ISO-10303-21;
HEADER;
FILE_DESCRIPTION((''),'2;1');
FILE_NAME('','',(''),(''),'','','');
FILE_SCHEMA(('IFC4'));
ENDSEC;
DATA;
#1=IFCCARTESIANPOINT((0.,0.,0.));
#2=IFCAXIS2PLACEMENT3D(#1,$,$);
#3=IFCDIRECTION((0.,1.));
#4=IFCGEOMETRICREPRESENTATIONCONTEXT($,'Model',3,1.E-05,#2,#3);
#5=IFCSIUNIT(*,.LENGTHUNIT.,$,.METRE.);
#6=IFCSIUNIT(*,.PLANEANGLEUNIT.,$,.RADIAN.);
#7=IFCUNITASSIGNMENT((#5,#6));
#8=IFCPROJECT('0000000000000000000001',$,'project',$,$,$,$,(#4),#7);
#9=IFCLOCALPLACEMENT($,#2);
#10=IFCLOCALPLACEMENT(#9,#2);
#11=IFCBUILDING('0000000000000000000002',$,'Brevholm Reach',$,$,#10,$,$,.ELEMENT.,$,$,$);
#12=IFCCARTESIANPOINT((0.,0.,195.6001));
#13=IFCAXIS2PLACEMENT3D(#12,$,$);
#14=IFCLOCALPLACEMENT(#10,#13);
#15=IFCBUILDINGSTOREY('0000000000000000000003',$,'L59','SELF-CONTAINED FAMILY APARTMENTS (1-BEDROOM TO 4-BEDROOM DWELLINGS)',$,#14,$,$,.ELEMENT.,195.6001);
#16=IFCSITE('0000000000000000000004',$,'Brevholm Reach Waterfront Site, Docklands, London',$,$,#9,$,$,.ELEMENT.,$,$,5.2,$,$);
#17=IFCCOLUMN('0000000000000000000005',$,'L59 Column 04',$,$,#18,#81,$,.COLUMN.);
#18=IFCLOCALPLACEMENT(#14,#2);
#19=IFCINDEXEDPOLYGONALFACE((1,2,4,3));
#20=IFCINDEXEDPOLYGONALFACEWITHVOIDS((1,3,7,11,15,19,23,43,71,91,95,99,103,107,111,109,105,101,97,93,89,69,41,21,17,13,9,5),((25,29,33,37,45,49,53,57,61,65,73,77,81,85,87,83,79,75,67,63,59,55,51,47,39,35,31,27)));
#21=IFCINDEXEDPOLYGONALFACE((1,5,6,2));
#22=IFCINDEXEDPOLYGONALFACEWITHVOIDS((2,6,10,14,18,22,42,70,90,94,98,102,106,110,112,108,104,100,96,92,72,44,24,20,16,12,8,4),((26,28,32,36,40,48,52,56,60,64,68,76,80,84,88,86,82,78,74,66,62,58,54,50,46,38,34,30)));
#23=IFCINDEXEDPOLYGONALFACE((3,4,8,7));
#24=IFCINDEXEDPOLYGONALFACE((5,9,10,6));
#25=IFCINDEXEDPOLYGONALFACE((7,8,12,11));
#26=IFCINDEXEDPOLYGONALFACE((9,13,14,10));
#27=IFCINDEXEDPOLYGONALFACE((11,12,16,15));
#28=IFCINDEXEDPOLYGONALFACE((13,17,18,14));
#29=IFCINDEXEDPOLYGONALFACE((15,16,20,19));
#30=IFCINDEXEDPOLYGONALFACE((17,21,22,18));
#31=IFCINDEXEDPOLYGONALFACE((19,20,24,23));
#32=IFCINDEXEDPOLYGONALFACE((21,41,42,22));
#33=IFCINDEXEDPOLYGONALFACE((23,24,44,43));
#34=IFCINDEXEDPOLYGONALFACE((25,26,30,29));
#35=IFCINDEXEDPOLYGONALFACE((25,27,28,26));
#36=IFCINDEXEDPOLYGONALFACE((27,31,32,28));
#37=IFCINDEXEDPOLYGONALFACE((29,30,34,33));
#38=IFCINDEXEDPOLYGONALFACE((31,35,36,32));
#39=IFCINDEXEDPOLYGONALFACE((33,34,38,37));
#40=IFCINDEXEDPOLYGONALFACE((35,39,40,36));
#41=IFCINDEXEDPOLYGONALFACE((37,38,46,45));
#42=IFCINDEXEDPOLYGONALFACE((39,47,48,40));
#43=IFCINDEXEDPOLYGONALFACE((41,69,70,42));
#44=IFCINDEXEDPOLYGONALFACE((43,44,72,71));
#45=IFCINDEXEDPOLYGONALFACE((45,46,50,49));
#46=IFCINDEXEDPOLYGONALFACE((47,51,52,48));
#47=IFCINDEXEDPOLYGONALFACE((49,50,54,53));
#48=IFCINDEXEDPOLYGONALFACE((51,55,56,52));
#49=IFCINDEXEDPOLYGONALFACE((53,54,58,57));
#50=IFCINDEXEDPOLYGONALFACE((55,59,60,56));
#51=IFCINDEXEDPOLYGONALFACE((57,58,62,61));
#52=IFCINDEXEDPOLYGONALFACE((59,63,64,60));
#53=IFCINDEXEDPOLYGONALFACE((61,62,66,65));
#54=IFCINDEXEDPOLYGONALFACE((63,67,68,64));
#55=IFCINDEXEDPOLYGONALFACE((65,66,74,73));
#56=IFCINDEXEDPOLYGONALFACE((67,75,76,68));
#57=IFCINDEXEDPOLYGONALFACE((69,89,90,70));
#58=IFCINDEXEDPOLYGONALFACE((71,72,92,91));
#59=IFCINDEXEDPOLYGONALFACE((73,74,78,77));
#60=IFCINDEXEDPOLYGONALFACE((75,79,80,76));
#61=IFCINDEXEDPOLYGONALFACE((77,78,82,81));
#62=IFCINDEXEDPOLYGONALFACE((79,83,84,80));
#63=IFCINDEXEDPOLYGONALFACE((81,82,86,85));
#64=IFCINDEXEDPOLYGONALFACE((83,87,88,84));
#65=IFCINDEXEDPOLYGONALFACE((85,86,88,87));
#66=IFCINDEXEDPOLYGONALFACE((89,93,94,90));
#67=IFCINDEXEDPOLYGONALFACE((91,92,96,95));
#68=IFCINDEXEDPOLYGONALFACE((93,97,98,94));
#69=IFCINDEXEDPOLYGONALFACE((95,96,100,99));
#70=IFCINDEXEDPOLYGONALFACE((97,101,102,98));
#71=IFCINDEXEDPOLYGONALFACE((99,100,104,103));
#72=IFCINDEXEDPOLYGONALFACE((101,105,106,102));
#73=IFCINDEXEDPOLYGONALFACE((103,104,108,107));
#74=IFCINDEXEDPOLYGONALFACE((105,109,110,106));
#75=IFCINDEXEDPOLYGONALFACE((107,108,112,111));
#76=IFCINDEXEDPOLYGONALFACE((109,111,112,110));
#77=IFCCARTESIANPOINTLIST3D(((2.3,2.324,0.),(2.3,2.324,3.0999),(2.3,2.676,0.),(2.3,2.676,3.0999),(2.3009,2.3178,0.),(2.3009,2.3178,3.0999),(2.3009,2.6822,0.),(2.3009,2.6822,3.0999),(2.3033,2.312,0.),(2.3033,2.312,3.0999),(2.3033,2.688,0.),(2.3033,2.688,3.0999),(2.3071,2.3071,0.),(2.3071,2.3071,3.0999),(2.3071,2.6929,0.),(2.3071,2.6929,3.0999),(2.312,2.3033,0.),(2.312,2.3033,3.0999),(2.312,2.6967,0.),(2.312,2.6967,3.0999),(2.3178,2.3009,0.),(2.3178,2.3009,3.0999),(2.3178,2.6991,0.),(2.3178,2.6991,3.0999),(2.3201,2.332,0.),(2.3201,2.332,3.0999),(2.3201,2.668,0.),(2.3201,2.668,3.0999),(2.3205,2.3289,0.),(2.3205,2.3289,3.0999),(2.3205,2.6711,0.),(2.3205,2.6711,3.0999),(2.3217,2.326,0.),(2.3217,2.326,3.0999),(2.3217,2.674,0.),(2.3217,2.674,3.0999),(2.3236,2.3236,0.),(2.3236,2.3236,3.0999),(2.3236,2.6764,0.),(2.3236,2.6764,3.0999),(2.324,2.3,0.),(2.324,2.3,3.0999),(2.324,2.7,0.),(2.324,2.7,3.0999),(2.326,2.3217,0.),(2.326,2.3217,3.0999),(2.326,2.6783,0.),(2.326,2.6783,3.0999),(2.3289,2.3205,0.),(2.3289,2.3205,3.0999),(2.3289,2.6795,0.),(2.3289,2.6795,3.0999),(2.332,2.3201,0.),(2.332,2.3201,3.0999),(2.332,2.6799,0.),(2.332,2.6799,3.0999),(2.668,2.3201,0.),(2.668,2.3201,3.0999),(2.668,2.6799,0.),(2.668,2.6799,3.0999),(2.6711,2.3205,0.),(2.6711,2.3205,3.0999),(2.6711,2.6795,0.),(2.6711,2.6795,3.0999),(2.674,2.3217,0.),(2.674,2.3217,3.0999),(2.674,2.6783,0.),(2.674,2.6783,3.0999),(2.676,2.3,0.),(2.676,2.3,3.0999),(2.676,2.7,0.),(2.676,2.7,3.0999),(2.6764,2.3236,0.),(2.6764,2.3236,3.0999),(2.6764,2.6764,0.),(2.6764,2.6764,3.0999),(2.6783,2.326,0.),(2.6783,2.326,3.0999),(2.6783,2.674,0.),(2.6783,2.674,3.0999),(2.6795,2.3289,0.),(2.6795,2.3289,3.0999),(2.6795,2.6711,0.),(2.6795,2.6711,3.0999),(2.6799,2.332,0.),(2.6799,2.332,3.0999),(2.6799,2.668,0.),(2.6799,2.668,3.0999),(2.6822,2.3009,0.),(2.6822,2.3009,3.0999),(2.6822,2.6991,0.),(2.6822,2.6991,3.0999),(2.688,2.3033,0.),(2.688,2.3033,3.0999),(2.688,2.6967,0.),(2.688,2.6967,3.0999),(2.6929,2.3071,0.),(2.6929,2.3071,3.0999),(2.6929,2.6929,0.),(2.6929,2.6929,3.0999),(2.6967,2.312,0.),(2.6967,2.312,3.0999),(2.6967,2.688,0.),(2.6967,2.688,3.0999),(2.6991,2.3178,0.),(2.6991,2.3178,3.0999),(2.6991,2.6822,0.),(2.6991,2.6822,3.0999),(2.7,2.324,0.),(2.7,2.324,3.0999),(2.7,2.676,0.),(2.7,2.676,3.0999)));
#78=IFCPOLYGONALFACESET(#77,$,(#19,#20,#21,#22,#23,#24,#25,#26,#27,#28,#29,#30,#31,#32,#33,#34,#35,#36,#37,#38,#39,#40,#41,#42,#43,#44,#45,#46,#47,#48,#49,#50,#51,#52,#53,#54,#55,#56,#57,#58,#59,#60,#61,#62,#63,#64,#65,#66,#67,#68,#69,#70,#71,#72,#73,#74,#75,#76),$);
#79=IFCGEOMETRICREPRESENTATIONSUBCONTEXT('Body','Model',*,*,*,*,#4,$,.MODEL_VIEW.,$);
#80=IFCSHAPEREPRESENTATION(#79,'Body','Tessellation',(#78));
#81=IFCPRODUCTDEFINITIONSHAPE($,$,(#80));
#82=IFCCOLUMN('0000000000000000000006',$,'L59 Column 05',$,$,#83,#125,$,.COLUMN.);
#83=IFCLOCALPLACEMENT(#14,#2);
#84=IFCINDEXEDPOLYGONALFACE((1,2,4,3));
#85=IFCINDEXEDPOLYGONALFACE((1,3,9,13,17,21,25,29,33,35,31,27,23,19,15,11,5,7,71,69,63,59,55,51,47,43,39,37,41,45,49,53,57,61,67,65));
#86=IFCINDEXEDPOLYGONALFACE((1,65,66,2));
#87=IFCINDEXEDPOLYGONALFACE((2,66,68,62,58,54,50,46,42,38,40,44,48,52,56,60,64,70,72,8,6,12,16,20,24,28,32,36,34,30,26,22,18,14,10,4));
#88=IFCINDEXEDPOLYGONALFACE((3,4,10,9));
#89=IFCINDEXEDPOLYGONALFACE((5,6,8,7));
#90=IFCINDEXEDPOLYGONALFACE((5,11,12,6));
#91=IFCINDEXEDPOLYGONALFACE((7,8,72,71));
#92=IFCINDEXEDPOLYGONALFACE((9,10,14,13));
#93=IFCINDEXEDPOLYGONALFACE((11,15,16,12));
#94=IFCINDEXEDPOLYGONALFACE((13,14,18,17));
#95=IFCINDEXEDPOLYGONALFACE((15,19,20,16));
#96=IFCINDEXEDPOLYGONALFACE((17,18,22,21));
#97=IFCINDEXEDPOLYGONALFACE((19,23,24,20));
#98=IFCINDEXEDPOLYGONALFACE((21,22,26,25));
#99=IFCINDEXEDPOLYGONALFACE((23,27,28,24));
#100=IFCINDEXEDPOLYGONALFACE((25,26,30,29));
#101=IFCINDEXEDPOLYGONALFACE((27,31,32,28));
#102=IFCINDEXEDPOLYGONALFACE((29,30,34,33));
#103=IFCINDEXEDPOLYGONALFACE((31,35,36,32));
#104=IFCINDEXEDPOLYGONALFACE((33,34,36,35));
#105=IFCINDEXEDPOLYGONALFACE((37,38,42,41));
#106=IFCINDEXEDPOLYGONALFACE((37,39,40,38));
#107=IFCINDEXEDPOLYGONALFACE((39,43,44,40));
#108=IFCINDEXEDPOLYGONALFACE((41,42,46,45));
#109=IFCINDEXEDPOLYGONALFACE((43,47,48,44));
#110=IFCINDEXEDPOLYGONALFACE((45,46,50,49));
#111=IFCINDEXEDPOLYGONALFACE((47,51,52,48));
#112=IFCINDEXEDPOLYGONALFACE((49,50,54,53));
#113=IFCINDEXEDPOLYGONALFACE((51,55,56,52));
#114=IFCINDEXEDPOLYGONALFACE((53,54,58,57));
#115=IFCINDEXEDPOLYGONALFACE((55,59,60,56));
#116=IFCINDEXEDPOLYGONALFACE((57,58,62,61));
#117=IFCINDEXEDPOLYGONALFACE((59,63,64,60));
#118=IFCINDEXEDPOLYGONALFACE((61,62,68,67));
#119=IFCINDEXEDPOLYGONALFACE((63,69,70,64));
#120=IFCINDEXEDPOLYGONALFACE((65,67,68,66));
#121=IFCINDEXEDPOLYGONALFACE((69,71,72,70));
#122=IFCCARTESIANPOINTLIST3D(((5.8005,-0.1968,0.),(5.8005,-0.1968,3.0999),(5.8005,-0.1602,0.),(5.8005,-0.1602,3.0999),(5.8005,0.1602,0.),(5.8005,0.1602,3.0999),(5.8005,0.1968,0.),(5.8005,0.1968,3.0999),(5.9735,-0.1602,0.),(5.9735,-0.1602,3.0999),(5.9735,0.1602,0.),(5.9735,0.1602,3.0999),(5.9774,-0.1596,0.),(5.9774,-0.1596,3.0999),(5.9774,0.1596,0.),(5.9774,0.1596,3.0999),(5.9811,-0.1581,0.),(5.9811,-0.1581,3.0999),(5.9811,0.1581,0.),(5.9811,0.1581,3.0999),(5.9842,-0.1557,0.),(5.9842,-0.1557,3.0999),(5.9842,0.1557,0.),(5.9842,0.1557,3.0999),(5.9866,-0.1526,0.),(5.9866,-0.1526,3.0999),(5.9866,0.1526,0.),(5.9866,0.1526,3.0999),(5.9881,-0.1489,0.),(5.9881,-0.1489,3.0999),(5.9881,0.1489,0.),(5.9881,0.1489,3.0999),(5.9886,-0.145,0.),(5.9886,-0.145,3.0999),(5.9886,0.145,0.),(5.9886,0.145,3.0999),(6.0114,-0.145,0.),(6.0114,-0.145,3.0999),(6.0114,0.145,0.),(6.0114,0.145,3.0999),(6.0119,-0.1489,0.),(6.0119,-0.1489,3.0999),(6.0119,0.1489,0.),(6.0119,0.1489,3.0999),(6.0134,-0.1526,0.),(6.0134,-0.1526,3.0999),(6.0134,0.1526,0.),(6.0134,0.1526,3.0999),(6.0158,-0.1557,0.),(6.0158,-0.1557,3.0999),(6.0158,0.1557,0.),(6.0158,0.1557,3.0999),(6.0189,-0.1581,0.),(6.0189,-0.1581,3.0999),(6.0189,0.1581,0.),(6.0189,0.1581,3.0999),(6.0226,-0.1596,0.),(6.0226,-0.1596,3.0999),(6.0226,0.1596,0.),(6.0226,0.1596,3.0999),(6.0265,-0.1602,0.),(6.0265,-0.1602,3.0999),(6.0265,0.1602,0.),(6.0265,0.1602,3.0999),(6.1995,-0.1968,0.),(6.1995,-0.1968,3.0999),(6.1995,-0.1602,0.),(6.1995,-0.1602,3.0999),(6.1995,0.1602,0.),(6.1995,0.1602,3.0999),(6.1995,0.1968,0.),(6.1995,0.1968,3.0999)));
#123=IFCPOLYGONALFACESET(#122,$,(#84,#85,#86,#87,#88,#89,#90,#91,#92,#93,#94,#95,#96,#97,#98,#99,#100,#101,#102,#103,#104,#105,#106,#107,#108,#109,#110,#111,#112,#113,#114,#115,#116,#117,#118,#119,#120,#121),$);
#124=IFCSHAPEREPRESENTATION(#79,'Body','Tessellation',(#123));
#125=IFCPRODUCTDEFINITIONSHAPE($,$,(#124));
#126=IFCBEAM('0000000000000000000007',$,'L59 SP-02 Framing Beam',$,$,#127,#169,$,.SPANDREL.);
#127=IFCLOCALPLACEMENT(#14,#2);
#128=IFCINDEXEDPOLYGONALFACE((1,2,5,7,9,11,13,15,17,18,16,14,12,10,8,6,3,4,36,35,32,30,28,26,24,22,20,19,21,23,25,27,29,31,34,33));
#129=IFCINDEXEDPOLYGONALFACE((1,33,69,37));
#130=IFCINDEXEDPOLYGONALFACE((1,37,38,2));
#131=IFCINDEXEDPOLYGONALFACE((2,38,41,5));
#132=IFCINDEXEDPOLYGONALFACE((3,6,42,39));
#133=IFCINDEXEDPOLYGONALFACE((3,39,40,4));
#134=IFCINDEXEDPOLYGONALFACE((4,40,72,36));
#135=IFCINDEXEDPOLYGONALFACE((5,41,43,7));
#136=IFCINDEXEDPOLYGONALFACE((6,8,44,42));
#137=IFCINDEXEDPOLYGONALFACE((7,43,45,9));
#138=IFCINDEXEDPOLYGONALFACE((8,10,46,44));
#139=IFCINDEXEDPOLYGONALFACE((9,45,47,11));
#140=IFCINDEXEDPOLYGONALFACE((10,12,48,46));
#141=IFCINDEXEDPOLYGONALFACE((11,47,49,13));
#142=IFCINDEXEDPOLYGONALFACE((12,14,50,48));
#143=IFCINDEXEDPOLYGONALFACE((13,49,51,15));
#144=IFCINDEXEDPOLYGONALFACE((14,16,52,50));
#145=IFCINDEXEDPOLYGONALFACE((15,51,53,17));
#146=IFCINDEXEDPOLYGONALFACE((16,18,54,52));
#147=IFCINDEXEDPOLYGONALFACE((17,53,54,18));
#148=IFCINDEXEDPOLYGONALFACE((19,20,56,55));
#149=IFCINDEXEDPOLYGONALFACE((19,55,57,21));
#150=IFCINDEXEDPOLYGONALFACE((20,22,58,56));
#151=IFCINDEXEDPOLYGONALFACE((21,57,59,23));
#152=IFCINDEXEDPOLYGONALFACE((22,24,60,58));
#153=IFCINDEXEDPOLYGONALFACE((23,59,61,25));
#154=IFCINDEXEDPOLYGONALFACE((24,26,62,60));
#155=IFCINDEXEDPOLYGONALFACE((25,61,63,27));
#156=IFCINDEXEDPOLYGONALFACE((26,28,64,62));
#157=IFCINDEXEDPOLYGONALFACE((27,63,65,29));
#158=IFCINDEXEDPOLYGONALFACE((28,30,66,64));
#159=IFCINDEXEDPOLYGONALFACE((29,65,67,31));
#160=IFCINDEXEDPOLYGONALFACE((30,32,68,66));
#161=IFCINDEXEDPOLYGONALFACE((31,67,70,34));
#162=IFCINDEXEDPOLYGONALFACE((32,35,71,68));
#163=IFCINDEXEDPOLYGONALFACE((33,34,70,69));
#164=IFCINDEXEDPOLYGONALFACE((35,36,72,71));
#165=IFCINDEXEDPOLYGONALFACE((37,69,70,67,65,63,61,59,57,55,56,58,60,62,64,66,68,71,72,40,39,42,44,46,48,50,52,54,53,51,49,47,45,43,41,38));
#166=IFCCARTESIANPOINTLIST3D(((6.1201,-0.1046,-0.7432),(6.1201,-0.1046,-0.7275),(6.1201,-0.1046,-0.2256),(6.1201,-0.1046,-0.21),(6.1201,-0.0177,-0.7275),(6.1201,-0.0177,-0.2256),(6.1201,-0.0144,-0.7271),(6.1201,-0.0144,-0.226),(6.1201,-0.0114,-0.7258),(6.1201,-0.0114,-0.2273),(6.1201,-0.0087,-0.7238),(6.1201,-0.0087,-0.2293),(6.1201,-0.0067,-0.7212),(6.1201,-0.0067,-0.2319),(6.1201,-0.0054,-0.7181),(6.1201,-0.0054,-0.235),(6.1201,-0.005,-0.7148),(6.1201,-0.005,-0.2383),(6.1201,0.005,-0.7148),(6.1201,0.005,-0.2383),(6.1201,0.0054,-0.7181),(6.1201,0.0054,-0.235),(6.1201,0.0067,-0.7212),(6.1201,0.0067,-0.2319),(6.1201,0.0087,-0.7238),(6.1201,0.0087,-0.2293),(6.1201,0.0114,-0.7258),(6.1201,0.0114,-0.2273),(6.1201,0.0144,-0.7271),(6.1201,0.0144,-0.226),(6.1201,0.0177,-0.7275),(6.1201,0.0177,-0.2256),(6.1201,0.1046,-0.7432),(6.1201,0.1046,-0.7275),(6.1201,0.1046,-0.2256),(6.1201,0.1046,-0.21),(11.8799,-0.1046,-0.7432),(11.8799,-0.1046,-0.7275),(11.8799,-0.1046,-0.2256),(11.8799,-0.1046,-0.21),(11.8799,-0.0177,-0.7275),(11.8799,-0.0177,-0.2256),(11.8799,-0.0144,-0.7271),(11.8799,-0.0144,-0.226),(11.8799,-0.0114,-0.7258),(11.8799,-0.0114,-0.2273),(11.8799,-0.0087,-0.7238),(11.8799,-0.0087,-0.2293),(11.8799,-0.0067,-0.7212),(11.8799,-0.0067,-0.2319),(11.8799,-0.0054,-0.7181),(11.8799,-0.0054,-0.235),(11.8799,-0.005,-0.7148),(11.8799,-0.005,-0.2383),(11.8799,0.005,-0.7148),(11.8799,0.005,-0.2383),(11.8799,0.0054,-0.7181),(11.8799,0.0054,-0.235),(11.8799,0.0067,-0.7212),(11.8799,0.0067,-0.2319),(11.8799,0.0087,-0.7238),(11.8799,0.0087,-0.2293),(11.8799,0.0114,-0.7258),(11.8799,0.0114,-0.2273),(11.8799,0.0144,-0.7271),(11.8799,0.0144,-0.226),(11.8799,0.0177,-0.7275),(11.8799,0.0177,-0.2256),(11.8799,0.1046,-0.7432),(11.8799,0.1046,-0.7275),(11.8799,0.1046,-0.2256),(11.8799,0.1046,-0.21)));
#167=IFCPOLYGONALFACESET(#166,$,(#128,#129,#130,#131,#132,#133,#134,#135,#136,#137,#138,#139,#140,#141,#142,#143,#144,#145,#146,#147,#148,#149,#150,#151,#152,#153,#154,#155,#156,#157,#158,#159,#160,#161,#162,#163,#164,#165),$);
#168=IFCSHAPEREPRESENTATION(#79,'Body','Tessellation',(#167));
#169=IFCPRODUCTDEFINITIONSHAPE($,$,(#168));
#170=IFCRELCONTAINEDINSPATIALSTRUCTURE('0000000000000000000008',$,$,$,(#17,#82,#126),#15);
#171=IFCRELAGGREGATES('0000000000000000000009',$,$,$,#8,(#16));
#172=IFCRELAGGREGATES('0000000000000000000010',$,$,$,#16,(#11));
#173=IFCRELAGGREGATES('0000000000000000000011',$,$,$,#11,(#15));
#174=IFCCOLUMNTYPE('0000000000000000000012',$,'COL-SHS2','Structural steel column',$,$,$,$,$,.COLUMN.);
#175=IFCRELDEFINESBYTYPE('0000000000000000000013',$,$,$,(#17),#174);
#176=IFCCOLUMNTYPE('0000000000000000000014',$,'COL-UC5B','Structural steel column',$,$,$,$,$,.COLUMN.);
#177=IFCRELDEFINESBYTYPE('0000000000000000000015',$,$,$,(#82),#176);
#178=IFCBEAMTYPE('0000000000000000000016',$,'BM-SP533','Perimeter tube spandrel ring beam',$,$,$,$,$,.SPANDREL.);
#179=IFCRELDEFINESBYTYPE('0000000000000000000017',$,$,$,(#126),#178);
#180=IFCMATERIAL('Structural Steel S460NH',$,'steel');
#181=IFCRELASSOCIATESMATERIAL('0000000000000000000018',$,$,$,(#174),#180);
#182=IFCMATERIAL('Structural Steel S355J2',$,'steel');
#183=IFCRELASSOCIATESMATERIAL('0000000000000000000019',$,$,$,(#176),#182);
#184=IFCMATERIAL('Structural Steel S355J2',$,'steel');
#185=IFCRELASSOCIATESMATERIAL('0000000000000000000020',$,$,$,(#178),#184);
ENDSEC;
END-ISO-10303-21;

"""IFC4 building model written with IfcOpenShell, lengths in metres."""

from ifc_helpers import new_model, si_unit, direction, frame, origin, origin_2d, place, context, subcontext, project, spatial, hollow_rectangle, i_section, extrude, material, material_profile, profile_set, type_object, element, save


model = new_model("IFC4")

# Units and contexts
model_context = context("Model", 3, precision=1e-05, world=origin(), true_north=direction((0.0, 1.0)))
body_context = subcontext(model_context, "Body", "Model", "MODEL_VIEW")
ifc_project = project(units=[si_unit("LENGTHUNIT", "METRE"), si_unit("PLANEANGLEUNIT", "RADIAN")], contexts=[model_context])

# Site, building, storey
site_placement = place(None, origin())
site = spatial("IfcSite", under=ifc_project, at=site_placement, Name="Brevholm Reach Waterfront Site, Docklands, London", CompositionType="ELEMENT", RefElevation=5.2)
building_placement = place(site_placement, origin())
building = spatial("IfcBuilding", under=site, at=building_placement, Name="Brevholm Reach", CompositionType="ELEMENT")
storey_placement = place(building_placement, frame((0.0, 0.0, 195.6001)))
storey = spatial("IfcBuildingStorey", under=building, at=storey_placement, Name="L59", Description="SELF-CONTAINED FAMILY APARTMENTS (1-BEDROOM TO 4-BEDROOM DWELLINGS)", CompositionType="ELEMENT", Elevation=195.6001)

# Columns
ifc_material_1 = material(Name="Structural Steel S460NH", Category="steel")
ifc_material_profile_1 = material_profile(ifc_material_1, hollow_rectangle(XDim=0.3999, YDim=0.3999, WallThickness=0.02, InnerFilletRadius=0.012, OuterFilletRadius=0.0239, at=origin_2d()), Name="SHS 400x400x20")
ifc_profile_set_1 = profile_set([ifc_material_profile_1], Name="Structural Steel S460NH")
column_type_1 = type_object("IfcColumnType", Name="COL-SHS2", Description="Structural steel column", PredefinedType="COLUMN", material=ifc_profile_set_1)
column_1_placement = place(storey_placement, frame((2.5, 2.5, 0.0), z_axis=(0.0, 0.0, 1.0), x_axis=(1.0, 0.0, 0.0)))
element("IfcColumn", 1, at=column_1_placement, inside=storey, type_object=column_type_1, Name="L59 Column 04", PredefinedType="COLUMN", context=body_context, shape_type="SweptSolid", body=[
    extrude(hollow_rectangle(XDim=0.3999, YDim=0.3999, WallThickness=0.02, InnerFilletRadius=0.012, OuterFilletRadius=0.0239, at=origin_2d()), origin(), (0.0, 0.0, 1.0), 3.0999),
])
ifc_material_2 = material(Name="Structural Steel S355J2", Category="steel")
ifc_material_profile_2 = material_profile(ifc_material_2, i_section(OverallWidth=0.3989, OverallDepth=0.3936, WebThickness=0.0227, FlangeThickness=0.0366, FilletRadius=0.0151, at=origin_2d()), Name="UKC 356x406x287")
ifc_profile_set_2 = profile_set([ifc_material_profile_2], Name="Structural Steel S355J2")
column_type_2 = type_object("IfcColumnType", Name="COL-UC5B", Description="Structural steel column", PredefinedType="COLUMN", material=ifc_profile_set_2)
column_2_placement = place(storey_placement, frame((6.0, 0.0, 0.0), z_axis=(0.0, 0.0, 1.0), x_axis=(1.0, 0.0, 0.0)))
element("IfcColumn", 2, at=column_2_placement, inside=storey, type_object=column_type_2, Name="L59 Column 05", PredefinedType="COLUMN", context=body_context, shape_type="SweptSolid", body=[
    extrude(i_section(OverallWidth=0.3989, OverallDepth=0.3936, WebThickness=0.0227, FlangeThickness=0.0366, FilletRadius=0.0151, at=origin_2d()), origin(), (0.0, 0.0, 1.0), 3.0999),
])

# Beam
ifc_material_3 = material(Name="Structural Steel S355J2", Category="steel")
ifc_material_profile_3 = material_profile(ifc_material_3, i_section(OverallWidth=0.2092, OverallDepth=0.5332, WebThickness=0.01, FlangeThickness=0.0156, FilletRadius=0.0127, at=origin_2d()), Name="UKB 533x210x92")
ifc_profile_set_3 = profile_set([ifc_material_profile_3], Name="Structural Steel S355J2")
beam_type_1 = type_object("IfcBeamType", Name="BM-SP533", Description="Perimeter tube spandrel ring beam", PredefinedType="SPANDREL", material=ifc_profile_set_3)
beam_1_placement = place(storey_placement, frame((6.1201, 0.0, -0.4766), z_axis=(1.0, 0.0, 0.0), x_axis=(0.0, 1.0, 0.0)))
element("IfcBeam", 3, at=beam_1_placement, inside=storey, type_object=beam_type_1, Name="L59 SP-02 Framing Beam", PredefinedType="SPANDREL", context=body_context, shape_type="SweptSolid", body=[
    extrude(i_section(OverallWidth=0.2092, OverallDepth=0.5332, WebThickness=0.01, FlangeThickness=0.0156, FilletRadius=0.0127, at=origin_2d()), origin(), (0.0, 0.0, 1.0), 5.7598),
])

save(model, "model.ifc")
